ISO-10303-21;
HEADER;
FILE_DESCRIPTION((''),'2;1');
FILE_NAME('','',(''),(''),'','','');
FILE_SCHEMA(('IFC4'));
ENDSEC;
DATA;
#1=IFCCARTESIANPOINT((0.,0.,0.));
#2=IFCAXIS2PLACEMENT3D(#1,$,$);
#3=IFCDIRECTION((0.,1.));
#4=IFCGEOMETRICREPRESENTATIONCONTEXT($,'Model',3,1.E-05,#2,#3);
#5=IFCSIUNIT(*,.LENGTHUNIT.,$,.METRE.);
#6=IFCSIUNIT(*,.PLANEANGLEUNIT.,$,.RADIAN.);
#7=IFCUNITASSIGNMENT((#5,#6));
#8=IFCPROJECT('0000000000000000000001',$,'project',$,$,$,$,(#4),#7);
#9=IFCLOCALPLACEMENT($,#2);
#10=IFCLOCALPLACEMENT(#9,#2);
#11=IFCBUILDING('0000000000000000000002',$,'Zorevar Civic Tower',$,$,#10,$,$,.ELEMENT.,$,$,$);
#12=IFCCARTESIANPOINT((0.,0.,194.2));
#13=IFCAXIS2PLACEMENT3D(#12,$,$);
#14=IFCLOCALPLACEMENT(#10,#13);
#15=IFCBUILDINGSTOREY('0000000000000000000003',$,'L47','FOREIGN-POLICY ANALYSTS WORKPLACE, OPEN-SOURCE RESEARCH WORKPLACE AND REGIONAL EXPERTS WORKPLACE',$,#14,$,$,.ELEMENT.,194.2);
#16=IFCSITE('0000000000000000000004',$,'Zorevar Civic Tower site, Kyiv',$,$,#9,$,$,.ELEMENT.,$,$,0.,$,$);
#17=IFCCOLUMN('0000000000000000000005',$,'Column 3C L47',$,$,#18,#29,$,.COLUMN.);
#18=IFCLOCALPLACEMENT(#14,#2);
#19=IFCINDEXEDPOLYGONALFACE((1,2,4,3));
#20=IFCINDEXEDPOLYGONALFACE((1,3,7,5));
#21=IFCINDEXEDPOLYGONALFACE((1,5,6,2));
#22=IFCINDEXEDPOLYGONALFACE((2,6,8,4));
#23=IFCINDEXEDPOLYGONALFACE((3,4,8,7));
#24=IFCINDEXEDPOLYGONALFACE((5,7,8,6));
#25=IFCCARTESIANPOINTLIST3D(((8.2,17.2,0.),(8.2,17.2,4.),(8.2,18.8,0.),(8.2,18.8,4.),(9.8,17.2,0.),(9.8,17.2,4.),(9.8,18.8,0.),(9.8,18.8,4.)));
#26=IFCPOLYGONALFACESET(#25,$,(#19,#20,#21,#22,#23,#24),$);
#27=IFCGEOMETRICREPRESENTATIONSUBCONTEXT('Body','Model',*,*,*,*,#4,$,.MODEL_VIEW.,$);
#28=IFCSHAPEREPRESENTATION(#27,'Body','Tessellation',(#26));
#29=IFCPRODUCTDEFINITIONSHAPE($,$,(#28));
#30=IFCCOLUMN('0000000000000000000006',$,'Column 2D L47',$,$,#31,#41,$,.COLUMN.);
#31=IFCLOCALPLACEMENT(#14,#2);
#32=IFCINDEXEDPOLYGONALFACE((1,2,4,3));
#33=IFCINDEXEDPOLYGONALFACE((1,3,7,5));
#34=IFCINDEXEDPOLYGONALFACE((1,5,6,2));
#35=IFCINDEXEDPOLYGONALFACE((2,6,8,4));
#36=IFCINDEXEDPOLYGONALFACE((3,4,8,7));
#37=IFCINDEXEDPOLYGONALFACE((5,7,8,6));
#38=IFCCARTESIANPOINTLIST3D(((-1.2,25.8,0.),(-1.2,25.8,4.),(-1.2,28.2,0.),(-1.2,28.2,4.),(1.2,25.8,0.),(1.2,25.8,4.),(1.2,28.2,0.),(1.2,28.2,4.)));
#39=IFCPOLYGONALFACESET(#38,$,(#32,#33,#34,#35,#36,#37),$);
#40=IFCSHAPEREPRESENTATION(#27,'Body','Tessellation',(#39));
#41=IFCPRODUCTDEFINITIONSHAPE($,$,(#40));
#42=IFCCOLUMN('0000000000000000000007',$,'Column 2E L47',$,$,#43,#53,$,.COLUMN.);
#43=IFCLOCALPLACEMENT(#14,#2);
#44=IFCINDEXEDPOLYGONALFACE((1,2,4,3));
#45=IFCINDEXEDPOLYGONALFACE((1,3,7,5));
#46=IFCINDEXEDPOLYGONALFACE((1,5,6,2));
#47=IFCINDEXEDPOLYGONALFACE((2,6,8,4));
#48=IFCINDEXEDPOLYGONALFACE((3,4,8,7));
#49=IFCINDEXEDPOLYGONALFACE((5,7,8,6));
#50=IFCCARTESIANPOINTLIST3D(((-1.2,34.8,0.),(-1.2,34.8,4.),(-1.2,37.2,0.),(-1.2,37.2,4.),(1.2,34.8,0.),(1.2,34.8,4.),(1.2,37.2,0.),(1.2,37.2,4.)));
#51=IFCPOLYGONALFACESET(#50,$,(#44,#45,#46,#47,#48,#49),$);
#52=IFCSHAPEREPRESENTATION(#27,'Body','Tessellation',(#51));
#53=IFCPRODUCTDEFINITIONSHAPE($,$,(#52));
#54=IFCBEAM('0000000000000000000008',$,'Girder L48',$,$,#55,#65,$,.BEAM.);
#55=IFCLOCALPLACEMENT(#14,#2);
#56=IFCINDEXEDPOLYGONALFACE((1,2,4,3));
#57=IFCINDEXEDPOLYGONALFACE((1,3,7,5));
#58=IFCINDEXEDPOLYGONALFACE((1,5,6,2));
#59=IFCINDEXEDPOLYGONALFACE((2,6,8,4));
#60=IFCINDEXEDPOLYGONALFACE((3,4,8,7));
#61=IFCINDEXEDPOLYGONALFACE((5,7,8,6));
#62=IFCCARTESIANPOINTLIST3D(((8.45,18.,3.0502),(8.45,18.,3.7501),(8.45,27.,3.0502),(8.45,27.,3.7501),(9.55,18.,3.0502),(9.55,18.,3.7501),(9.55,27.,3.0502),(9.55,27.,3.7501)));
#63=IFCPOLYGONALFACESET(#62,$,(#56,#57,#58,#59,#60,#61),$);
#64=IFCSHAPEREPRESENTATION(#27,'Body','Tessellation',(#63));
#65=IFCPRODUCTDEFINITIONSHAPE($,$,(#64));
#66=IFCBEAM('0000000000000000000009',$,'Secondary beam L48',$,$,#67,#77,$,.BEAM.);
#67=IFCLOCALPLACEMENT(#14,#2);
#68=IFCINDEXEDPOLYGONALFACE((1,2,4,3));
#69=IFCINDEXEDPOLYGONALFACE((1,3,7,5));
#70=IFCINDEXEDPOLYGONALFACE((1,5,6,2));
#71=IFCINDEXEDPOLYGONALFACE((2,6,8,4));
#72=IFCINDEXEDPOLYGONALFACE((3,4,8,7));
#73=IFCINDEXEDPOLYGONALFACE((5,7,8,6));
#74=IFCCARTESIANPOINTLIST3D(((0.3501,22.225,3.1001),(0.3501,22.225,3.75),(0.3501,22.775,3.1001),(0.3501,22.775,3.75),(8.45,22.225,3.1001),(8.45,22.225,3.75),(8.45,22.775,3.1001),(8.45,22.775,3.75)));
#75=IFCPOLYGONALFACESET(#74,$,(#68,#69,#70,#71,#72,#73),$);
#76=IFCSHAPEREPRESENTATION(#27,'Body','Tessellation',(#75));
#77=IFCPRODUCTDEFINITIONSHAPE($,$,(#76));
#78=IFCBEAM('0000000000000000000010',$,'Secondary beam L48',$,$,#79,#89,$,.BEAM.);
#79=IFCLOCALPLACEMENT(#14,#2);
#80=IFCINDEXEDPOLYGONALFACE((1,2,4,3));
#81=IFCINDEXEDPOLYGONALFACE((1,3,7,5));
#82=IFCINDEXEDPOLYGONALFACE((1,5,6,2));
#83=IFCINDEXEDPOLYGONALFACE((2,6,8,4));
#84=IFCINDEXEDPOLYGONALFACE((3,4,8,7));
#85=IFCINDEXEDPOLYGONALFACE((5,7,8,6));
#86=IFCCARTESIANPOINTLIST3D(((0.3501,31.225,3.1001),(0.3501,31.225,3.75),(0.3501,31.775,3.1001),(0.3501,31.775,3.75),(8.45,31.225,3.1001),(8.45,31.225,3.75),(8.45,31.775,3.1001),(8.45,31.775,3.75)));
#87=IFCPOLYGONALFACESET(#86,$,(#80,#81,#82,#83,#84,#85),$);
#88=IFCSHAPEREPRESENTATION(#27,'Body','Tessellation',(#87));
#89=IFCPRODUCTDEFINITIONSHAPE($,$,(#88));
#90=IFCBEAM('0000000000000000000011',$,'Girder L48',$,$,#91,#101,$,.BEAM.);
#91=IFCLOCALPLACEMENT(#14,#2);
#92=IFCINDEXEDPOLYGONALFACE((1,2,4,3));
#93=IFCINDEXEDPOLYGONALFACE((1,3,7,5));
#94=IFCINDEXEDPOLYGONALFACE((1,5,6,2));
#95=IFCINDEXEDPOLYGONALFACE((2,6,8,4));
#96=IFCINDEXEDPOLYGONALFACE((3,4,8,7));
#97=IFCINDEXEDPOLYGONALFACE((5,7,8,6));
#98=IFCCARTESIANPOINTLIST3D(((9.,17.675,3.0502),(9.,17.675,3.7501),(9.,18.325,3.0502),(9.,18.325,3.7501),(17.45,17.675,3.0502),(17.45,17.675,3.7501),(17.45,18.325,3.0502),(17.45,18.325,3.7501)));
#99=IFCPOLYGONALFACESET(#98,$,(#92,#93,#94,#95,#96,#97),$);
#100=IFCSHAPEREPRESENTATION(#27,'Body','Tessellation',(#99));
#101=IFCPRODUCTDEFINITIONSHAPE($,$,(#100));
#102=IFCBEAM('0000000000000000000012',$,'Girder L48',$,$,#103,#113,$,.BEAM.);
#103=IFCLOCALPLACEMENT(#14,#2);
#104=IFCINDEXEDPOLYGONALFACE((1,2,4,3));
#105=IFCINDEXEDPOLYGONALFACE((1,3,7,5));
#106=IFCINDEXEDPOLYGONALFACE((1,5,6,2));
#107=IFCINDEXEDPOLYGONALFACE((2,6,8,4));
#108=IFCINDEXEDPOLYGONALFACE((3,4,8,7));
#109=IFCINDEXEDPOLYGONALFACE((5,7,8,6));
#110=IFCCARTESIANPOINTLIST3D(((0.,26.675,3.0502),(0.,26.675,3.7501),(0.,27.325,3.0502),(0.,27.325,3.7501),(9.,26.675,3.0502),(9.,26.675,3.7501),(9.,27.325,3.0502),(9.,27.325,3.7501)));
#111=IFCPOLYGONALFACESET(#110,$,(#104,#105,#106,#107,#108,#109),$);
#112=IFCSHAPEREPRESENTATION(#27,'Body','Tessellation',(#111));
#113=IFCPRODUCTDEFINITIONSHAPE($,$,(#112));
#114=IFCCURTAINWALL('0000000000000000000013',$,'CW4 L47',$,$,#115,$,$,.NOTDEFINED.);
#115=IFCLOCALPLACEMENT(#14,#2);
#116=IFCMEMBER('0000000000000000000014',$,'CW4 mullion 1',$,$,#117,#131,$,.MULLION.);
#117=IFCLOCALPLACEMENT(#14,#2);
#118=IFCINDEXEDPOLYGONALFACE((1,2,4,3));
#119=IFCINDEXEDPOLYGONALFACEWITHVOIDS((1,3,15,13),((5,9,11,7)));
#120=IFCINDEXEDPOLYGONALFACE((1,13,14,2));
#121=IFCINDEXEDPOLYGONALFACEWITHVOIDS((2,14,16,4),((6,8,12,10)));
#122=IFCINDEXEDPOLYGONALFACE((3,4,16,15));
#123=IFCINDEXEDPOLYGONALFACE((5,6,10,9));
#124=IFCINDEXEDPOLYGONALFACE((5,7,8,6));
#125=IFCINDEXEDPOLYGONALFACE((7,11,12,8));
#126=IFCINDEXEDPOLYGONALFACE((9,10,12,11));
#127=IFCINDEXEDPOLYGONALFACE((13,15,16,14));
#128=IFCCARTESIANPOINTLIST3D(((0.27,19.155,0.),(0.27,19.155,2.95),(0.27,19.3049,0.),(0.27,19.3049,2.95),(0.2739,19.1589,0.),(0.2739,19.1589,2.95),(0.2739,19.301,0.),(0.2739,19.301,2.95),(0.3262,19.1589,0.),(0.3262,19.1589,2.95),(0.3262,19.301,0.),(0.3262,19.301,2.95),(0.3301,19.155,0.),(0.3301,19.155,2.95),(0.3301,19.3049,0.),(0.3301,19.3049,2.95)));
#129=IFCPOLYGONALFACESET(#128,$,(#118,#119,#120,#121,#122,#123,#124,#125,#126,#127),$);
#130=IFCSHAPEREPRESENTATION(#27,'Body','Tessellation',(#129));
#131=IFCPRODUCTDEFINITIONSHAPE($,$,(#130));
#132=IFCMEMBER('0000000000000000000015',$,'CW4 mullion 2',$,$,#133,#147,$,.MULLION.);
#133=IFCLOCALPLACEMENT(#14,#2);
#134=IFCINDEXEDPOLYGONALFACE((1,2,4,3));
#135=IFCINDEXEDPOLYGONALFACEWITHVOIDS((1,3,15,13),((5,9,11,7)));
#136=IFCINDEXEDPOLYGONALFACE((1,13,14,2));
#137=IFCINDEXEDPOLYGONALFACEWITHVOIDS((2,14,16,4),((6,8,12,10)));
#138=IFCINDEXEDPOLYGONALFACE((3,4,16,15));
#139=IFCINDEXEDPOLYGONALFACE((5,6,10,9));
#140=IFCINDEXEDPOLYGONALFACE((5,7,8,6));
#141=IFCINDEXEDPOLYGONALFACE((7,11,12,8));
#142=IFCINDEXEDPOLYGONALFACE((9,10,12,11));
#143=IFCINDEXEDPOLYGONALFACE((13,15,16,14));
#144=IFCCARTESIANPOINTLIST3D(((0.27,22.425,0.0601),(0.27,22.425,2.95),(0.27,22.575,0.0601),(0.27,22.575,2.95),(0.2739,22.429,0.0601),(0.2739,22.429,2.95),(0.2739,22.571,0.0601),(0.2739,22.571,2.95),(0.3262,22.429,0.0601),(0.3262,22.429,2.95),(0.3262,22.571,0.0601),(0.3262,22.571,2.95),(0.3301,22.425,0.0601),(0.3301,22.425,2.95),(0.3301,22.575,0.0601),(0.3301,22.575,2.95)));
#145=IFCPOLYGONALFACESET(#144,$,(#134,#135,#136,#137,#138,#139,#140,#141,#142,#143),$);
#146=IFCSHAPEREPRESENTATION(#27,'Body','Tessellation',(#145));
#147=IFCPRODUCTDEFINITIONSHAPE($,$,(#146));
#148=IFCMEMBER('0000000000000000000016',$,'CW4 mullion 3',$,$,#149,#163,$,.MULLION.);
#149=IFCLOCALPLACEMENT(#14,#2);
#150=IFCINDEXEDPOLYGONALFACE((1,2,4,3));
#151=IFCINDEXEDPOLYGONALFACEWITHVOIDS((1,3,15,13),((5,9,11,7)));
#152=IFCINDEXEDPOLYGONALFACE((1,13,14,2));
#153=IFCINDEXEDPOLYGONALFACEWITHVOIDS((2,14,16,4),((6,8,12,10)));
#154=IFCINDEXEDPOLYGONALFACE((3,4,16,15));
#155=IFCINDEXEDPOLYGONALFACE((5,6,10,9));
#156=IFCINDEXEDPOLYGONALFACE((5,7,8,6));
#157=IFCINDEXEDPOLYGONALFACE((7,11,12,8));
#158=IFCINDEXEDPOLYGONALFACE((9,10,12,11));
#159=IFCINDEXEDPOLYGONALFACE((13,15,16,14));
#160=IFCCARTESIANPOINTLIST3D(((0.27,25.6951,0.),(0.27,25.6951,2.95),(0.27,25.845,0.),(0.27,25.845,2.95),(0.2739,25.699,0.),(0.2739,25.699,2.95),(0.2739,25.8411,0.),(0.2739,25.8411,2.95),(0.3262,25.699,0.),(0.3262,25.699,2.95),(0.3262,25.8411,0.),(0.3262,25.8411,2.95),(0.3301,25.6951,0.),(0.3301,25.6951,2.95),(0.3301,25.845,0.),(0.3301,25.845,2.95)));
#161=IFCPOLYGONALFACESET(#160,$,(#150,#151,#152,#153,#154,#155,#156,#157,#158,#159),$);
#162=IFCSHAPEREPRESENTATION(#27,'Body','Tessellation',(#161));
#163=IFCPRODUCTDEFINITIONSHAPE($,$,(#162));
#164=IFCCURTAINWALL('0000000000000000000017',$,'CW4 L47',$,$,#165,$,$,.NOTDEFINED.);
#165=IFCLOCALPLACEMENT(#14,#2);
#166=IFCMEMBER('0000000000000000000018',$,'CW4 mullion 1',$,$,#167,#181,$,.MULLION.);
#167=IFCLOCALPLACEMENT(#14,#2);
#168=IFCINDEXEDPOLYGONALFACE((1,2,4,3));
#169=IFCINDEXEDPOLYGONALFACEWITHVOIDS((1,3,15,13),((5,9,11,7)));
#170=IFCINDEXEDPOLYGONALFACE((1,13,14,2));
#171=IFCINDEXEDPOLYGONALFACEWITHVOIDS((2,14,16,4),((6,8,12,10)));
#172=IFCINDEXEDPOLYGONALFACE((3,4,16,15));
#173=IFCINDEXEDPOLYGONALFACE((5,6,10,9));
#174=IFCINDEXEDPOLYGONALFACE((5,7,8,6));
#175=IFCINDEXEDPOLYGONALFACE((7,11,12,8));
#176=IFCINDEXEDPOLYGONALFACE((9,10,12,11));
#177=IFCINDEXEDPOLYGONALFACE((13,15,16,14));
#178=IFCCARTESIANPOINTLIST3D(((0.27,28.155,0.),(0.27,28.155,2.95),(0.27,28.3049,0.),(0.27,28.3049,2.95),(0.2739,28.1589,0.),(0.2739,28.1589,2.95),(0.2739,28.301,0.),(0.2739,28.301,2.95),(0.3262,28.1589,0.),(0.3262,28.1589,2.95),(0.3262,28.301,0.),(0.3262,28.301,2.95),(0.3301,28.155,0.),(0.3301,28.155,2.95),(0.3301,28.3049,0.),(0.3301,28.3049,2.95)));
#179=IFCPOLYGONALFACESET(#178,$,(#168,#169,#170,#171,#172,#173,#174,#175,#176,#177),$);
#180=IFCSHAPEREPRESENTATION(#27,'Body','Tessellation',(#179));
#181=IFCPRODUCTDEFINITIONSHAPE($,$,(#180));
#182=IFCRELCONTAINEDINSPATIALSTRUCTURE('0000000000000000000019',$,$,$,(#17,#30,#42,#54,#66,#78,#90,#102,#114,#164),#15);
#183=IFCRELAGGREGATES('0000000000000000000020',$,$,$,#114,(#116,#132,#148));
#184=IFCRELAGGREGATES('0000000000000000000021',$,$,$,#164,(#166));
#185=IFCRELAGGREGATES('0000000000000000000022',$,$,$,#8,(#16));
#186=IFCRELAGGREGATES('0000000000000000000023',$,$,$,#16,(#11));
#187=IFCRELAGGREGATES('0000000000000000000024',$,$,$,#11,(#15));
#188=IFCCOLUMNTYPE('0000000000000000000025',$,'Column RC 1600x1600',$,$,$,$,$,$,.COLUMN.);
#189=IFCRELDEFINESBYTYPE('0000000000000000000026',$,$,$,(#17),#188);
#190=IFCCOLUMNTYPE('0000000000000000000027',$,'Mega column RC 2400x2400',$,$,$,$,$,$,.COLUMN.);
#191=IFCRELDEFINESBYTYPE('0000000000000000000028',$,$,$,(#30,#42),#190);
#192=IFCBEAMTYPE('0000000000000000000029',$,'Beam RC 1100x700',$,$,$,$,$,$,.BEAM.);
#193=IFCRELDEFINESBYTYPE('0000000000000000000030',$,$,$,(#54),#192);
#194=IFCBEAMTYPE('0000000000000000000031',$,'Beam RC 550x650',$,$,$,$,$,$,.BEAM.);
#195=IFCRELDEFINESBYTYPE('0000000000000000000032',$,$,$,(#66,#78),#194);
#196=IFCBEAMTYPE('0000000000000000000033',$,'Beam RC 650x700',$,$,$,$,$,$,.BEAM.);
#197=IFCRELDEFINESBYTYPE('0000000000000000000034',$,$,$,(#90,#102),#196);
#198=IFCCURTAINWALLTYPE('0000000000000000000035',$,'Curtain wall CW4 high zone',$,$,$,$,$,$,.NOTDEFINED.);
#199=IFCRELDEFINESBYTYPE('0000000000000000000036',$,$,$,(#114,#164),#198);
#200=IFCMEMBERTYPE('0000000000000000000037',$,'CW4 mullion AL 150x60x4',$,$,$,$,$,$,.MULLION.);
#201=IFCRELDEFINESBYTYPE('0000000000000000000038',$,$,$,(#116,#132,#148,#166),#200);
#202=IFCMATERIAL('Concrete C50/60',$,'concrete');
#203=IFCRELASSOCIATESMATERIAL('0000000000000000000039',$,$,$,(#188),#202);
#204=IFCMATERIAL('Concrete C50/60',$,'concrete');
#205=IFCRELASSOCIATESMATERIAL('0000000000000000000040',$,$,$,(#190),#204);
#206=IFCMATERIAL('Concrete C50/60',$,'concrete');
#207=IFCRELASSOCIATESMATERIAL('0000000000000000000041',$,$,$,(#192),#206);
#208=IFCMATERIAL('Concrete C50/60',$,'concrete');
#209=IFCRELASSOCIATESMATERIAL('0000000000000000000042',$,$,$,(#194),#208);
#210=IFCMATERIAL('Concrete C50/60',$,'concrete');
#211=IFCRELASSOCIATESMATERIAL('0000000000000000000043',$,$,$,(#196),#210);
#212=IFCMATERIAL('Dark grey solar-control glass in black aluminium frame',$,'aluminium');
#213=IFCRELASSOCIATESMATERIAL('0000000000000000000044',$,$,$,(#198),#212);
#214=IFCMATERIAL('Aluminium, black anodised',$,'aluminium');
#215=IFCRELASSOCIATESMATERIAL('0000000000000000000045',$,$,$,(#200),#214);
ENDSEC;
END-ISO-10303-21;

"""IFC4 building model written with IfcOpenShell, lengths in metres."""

from ifc_helpers import new_model, si_unit, direction, frame, origin, origin_2d, place, context, subcontext, project, spatial, rectangle, hollow_rectangle, extrude, material, material_profile, profile_set, type_object, element, aggregate, save


model = new_model("IFC4")

# Units and contexts
model_context = context("Model", 3, precision=1e-05, world=origin(), true_north=direction((0.0, 1.0)))
body_context = subcontext(model_context, "Body", "Model", "MODEL_VIEW")
ifc_project = project(units=[si_unit("LENGTHUNIT", "METRE"), si_unit("PLANEANGLEUNIT", "RADIAN")], contexts=[model_context])

# Site, building, storey
site_placement = place(None, origin())
site = spatial("IfcSite", under=ifc_project, at=site_placement, Name="Zorevar Civic Tower site, Kyiv", CompositionType="ELEMENT", RefElevation=0.0)
building_placement = place(site_placement, origin())
building = spatial("IfcBuilding", under=site, at=building_placement, Name="Zorevar Civic Tower", CompositionType="ELEMENT")
storey_placement = place(building_placement, frame((0.0, 0.0, 194.2)))
storey = spatial("IfcBuildingStorey", under=building, at=storey_placement, Name="L47", Description="FOREIGN-POLICY ANALYSTS WORKPLACE, OPEN-SOURCE RESEARCH WORKPLACE AND REGIONAL EXPERTS WORKPLACE", CompositionType="ELEMENT", Elevation=194.2)

# Columns
ifc_material_1 = material(Name="Concrete C50/60", Category="concrete")
ifc_material_profile_1 = material_profile(ifc_material_1, rectangle(XDim=1.6001, YDim=1.6001, at=origin_2d()), Name="RC 1600x1600")
ifc_profile_set_1 = profile_set([ifc_material_profile_1], Name="Concrete C50/60")
column_type_1 = type_object("IfcColumnType", Name="Column RC 1600x1600", PredefinedType="COLUMN", material=ifc_profile_set_1)
column_placement = place(storey_placement, frame((9.0, 18.0, 0.0), z_axis=(0.0, 0.0, 1.0), x_axis=(1.0, 0.0, 0.0)))
element("IfcColumn", 1, at=column_placement, inside=storey, type_object=column_type_1, Name="Column 3C L47", PredefinedType="COLUMN", context=body_context, shape_type="SweptSolid", body=[
    extrude(rectangle(XDim=1.6001, YDim=1.6001, at=origin_2d()), origin(), (0.0, 0.0, 1.0), 4.0),
])
ifc_material_2 = material(Name="Concrete C50/60", Category="concrete")
ifc_material_profile_2 = material_profile(ifc_material_2, rectangle(XDim=2.3999, YDim=2.3999, at=origin_2d()), Name="RC 2400x2400")
ifc_profile_set_2 = profile_set([ifc_material_profile_2], Name="Concrete C50/60")
column_type_2 = type_object("IfcColumnType", Name="Mega column RC 2400x2400", PredefinedType="COLUMN", material=ifc_profile_set_2)
for number, where, z_axis, x_axis, name in (
    (2, (0.0, 27.0, 0.0), (0.0, 0.0, 1.0), (1.0, 0.0, 0.0), "Column 2D L47"),
    (3, (0.0, 36.0, 0.0), (0.0, 0.0, 1.0), (1.0, 0.0, 0.0), "Column 2E L47"),
):
    element("IfcColumn", number, at=place(storey_placement, frame(where, z_axis=z_axis, x_axis=x_axis)), inside=storey, type_object=column_type_2, Name=name, PredefinedType="COLUMN", context=body_context, shape_type="SweptSolid", body=[
        extrude(rectangle(XDim=2.3999, YDim=2.3999, at=origin_2d()), origin(), (0.0, 0.0, 1.0), 4.0),
    ])

# Beams
ifc_material_3 = material(Name="Concrete C50/60", Category="concrete")
ifc_material_profile_3 = material_profile(ifc_material_3, rectangle(XDim=1.1001, YDim=0.7, at=origin_2d()), Name="RC 1100x700")
ifc_profile_set_3 = profile_set([ifc_material_profile_3], Name="Concrete C50/60")
beam_type_1 = type_object("IfcBeamType", Name="Beam RC 1100x700", PredefinedType="BEAM", material=ifc_profile_set_3)
beam_1_placement = place(storey_placement, frame((9.0, 18.0, 3.4001), z_axis=(0.0, 1.0, 0.0), x_axis=(-1.0, 0.0, 0.0)))
element("IfcBeam", 4, at=beam_1_placement, inside=storey, type_object=beam_type_1, Name="Girder L48", PredefinedType="BEAM", context=body_context, shape_type="SweptSolid", body=[
    extrude(rectangle(XDim=1.1001, YDim=0.7, at=origin_2d()), origin(), (0.0, 0.0, 1.0), 9.0),
])
ifc_material_4 = material(Name="Concrete C50/60", Category="concrete")
ifc_material_profile_4 = material_profile(ifc_material_4, rectangle(XDim=0.55, YDim=0.6499, at=origin_2d()), Name="RC 550x650")
ifc_profile_set_4 = profile_set([ifc_material_profile_4], Name="Concrete C50/60")
beam_type_2 = type_object("IfcBeamType", Name="Beam RC 550x650", PredefinedType="BEAM", material=ifc_profile_set_4)
for number, where, z_axis, x_axis, name in (
    (5, (0.3501, 22.5, 3.425), (1.0, 0.0, 0.0), (0.0, 1.0, 0.0), "Secondary beam L48"),
    (6, (0.3501, 31.5, 3.425), (1.0, 0.0, 0.0), (0.0, 1.0, 0.0), "Secondary beam L48"),
):
    element("IfcBeam", number, at=place(storey_placement, frame(where, z_axis=z_axis, x_axis=x_axis)), inside=storey, type_object=beam_type_2, Name=name, PredefinedType="BEAM", context=body_context, shape_type="SweptSolid", body=[
        extrude(rectangle(XDim=0.55, YDim=0.6499, at=origin_2d()), origin(), (0.0, 0.0, 1.0), 8.0999),
    ])
ifc_material_5 = material(Name="Concrete C50/60", Category="concrete")
ifc_material_profile_5 = material_profile(ifc_material_5, rectangle(XDim=0.6499, YDim=0.7, at=origin_2d()), Name="RC 650x700")
ifc_profile_set_5 = profile_set([ifc_material_profile_5], Name="Concrete C50/60")
beam_type_3 = type_object("IfcBeamType", Name="Beam RC 650x700", PredefinedType="BEAM", material=ifc_profile_set_5)
beam_2_placement = place(storey_placement, frame((9.0, 18.0, 3.4001), z_axis=(1.0, 0.0, 0.0), x_axis=(0.0, 1.0, 0.0)))
element("IfcBeam", 7, at=beam_2_placement, inside=storey, type_object=beam_type_3, Name="Girder L48", PredefinedType="BEAM", context=body_context, shape_type="SweptSolid", body=[
    extrude(rectangle(XDim=0.6499, YDim=0.7, at=origin_2d()), origin(), (0.0, 0.0, 1.0), 8.45),
])
beam_3_placement = place(storey_placement, frame((0.0, 27.0, 3.4001), z_axis=(1.0, 0.0, 0.0), x_axis=(0.0, 1.0, 0.0)))
element("IfcBeam", 8, at=beam_3_placement, inside=storey, type_object=beam_type_3, Name="Girder L48", PredefinedType="BEAM", context=body_context, shape_type="SweptSolid", body=[
    extrude(rectangle(XDim=0.6499, YDim=0.7, at=origin_2d()), origin(), (0.0, 0.0, 1.0), 9.0),
])

# Curtain walls, members
ifc_material_6 = material(Name="Dark grey solar-control glass in black aluminium frame", Category="aluminium")
curtain_wall_type = type_object("IfcCurtainWallType", Name="Curtain wall CW4 high zone", PredefinedType="NOTDEFINED", material=ifc_material_6)
curtain_wall_1_placement = place(storey_placement, origin())
curtain_wall_1 = element("IfcCurtainWall", 9, at=curtain_wall_1_placement, inside=storey, type_object=curtain_wall_type, Name="CW4 L47", PredefinedType="NOTDEFINED")
ifc_material_7 = material(Name="Aluminium, black anodised", Category="aluminium")
ifc_material_profile_6 = material_profile(ifc_material_7, hollow_rectangle(XDim=0.0601, YDim=0.1499, WallThickness=0.0039, at=origin_2d()), Name="AL 150x60x4")
ifc_profile_set_6 = profile_set([ifc_material_profile_6], Name="Aluminium, black anodised")
member_type_1 = type_object("IfcMemberType", Name="CW4 mullion AL 150x60x4", PredefinedType="MULLION", material=ifc_profile_set_6)
member_1_placement = place(storey_placement, frame((0.3, 19.23, 0.0), z_axis=(0.0, 0.0, 1.0), x_axis=(-1.0, 0.0, 0.0)))
member_1 = element("IfcMember", 10, at=member_1_placement, type_object=member_type_1, Name="CW4 mullion 1", PredefinedType="MULLION", context=body_context, shape_type="SweptSolid", body=[
    extrude(hollow_rectangle(XDim=0.0601, YDim=0.1499, WallThickness=0.0039, at=origin_2d()), origin(), (0.0, 0.0, 1.0), 2.95),
])
member_2_placement = place(storey_placement, frame((0.3, 22.5, 0.0601), z_axis=(0.0, 0.0, 1.0), x_axis=(-1.0, 0.0, 0.0)))
member_2 = element("IfcMember", 11, at=member_2_placement, type_object=member_type_1, Name="CW4 mullion 2", PredefinedType="MULLION", context=body_context, shape_type="SweptSolid", body=[
    extrude(hollow_rectangle(XDim=0.0601, YDim=0.1499, WallThickness=0.0039, at=origin_2d()), origin(), (0.0, 0.0, 1.0), 2.8899),
])
member_3_placement = place(storey_placement, frame((0.3, 25.77, 0.0), z_axis=(0.0, 0.0, 1.0), x_axis=(-1.0, 0.0, 0.0)))
member_3 = element("IfcMember", 12, at=member_3_placement, type_object=member_type_1, Name="CW4 mullion 3", PredefinedType="MULLION", context=body_context, shape_type="SweptSolid", body=[
    extrude(hollow_rectangle(XDim=0.0601, YDim=0.1499, WallThickness=0.0039, at=origin_2d()), origin(), (0.0, 0.0, 1.0), 2.95),
])
curtain_wall_2_placement = place(storey_placement, origin())
curtain_wall_2 = element("IfcCurtainWall", 13, at=curtain_wall_2_placement, inside=storey, type_object=curtain_wall_type, Name="CW4 L47", PredefinedType="NOTDEFINED")
member_4_placement = place(storey_placement, frame((0.3, 28.23, 0.0), z_axis=(0.0, 0.0, 1.0), x_axis=(-1.0, 0.0, 0.0)))
member_4 = element("IfcMember", 14, at=member_4_placement, type_object=member_type_1, Name="CW4 mullion 1", PredefinedType="MULLION", context=body_context, shape_type="SweptSolid", body=[
    extrude(hollow_rectangle(XDim=0.0601, YDim=0.1499, WallThickness=0.0039, at=origin_2d()), origin(), (0.0, 0.0, 1.0), 2.95),
])

aggregate(curtain_wall_1, [member_1, member_2, member_3])
aggregate(curtain_wall_2, [member_4])

save(model, "model.ifc")
